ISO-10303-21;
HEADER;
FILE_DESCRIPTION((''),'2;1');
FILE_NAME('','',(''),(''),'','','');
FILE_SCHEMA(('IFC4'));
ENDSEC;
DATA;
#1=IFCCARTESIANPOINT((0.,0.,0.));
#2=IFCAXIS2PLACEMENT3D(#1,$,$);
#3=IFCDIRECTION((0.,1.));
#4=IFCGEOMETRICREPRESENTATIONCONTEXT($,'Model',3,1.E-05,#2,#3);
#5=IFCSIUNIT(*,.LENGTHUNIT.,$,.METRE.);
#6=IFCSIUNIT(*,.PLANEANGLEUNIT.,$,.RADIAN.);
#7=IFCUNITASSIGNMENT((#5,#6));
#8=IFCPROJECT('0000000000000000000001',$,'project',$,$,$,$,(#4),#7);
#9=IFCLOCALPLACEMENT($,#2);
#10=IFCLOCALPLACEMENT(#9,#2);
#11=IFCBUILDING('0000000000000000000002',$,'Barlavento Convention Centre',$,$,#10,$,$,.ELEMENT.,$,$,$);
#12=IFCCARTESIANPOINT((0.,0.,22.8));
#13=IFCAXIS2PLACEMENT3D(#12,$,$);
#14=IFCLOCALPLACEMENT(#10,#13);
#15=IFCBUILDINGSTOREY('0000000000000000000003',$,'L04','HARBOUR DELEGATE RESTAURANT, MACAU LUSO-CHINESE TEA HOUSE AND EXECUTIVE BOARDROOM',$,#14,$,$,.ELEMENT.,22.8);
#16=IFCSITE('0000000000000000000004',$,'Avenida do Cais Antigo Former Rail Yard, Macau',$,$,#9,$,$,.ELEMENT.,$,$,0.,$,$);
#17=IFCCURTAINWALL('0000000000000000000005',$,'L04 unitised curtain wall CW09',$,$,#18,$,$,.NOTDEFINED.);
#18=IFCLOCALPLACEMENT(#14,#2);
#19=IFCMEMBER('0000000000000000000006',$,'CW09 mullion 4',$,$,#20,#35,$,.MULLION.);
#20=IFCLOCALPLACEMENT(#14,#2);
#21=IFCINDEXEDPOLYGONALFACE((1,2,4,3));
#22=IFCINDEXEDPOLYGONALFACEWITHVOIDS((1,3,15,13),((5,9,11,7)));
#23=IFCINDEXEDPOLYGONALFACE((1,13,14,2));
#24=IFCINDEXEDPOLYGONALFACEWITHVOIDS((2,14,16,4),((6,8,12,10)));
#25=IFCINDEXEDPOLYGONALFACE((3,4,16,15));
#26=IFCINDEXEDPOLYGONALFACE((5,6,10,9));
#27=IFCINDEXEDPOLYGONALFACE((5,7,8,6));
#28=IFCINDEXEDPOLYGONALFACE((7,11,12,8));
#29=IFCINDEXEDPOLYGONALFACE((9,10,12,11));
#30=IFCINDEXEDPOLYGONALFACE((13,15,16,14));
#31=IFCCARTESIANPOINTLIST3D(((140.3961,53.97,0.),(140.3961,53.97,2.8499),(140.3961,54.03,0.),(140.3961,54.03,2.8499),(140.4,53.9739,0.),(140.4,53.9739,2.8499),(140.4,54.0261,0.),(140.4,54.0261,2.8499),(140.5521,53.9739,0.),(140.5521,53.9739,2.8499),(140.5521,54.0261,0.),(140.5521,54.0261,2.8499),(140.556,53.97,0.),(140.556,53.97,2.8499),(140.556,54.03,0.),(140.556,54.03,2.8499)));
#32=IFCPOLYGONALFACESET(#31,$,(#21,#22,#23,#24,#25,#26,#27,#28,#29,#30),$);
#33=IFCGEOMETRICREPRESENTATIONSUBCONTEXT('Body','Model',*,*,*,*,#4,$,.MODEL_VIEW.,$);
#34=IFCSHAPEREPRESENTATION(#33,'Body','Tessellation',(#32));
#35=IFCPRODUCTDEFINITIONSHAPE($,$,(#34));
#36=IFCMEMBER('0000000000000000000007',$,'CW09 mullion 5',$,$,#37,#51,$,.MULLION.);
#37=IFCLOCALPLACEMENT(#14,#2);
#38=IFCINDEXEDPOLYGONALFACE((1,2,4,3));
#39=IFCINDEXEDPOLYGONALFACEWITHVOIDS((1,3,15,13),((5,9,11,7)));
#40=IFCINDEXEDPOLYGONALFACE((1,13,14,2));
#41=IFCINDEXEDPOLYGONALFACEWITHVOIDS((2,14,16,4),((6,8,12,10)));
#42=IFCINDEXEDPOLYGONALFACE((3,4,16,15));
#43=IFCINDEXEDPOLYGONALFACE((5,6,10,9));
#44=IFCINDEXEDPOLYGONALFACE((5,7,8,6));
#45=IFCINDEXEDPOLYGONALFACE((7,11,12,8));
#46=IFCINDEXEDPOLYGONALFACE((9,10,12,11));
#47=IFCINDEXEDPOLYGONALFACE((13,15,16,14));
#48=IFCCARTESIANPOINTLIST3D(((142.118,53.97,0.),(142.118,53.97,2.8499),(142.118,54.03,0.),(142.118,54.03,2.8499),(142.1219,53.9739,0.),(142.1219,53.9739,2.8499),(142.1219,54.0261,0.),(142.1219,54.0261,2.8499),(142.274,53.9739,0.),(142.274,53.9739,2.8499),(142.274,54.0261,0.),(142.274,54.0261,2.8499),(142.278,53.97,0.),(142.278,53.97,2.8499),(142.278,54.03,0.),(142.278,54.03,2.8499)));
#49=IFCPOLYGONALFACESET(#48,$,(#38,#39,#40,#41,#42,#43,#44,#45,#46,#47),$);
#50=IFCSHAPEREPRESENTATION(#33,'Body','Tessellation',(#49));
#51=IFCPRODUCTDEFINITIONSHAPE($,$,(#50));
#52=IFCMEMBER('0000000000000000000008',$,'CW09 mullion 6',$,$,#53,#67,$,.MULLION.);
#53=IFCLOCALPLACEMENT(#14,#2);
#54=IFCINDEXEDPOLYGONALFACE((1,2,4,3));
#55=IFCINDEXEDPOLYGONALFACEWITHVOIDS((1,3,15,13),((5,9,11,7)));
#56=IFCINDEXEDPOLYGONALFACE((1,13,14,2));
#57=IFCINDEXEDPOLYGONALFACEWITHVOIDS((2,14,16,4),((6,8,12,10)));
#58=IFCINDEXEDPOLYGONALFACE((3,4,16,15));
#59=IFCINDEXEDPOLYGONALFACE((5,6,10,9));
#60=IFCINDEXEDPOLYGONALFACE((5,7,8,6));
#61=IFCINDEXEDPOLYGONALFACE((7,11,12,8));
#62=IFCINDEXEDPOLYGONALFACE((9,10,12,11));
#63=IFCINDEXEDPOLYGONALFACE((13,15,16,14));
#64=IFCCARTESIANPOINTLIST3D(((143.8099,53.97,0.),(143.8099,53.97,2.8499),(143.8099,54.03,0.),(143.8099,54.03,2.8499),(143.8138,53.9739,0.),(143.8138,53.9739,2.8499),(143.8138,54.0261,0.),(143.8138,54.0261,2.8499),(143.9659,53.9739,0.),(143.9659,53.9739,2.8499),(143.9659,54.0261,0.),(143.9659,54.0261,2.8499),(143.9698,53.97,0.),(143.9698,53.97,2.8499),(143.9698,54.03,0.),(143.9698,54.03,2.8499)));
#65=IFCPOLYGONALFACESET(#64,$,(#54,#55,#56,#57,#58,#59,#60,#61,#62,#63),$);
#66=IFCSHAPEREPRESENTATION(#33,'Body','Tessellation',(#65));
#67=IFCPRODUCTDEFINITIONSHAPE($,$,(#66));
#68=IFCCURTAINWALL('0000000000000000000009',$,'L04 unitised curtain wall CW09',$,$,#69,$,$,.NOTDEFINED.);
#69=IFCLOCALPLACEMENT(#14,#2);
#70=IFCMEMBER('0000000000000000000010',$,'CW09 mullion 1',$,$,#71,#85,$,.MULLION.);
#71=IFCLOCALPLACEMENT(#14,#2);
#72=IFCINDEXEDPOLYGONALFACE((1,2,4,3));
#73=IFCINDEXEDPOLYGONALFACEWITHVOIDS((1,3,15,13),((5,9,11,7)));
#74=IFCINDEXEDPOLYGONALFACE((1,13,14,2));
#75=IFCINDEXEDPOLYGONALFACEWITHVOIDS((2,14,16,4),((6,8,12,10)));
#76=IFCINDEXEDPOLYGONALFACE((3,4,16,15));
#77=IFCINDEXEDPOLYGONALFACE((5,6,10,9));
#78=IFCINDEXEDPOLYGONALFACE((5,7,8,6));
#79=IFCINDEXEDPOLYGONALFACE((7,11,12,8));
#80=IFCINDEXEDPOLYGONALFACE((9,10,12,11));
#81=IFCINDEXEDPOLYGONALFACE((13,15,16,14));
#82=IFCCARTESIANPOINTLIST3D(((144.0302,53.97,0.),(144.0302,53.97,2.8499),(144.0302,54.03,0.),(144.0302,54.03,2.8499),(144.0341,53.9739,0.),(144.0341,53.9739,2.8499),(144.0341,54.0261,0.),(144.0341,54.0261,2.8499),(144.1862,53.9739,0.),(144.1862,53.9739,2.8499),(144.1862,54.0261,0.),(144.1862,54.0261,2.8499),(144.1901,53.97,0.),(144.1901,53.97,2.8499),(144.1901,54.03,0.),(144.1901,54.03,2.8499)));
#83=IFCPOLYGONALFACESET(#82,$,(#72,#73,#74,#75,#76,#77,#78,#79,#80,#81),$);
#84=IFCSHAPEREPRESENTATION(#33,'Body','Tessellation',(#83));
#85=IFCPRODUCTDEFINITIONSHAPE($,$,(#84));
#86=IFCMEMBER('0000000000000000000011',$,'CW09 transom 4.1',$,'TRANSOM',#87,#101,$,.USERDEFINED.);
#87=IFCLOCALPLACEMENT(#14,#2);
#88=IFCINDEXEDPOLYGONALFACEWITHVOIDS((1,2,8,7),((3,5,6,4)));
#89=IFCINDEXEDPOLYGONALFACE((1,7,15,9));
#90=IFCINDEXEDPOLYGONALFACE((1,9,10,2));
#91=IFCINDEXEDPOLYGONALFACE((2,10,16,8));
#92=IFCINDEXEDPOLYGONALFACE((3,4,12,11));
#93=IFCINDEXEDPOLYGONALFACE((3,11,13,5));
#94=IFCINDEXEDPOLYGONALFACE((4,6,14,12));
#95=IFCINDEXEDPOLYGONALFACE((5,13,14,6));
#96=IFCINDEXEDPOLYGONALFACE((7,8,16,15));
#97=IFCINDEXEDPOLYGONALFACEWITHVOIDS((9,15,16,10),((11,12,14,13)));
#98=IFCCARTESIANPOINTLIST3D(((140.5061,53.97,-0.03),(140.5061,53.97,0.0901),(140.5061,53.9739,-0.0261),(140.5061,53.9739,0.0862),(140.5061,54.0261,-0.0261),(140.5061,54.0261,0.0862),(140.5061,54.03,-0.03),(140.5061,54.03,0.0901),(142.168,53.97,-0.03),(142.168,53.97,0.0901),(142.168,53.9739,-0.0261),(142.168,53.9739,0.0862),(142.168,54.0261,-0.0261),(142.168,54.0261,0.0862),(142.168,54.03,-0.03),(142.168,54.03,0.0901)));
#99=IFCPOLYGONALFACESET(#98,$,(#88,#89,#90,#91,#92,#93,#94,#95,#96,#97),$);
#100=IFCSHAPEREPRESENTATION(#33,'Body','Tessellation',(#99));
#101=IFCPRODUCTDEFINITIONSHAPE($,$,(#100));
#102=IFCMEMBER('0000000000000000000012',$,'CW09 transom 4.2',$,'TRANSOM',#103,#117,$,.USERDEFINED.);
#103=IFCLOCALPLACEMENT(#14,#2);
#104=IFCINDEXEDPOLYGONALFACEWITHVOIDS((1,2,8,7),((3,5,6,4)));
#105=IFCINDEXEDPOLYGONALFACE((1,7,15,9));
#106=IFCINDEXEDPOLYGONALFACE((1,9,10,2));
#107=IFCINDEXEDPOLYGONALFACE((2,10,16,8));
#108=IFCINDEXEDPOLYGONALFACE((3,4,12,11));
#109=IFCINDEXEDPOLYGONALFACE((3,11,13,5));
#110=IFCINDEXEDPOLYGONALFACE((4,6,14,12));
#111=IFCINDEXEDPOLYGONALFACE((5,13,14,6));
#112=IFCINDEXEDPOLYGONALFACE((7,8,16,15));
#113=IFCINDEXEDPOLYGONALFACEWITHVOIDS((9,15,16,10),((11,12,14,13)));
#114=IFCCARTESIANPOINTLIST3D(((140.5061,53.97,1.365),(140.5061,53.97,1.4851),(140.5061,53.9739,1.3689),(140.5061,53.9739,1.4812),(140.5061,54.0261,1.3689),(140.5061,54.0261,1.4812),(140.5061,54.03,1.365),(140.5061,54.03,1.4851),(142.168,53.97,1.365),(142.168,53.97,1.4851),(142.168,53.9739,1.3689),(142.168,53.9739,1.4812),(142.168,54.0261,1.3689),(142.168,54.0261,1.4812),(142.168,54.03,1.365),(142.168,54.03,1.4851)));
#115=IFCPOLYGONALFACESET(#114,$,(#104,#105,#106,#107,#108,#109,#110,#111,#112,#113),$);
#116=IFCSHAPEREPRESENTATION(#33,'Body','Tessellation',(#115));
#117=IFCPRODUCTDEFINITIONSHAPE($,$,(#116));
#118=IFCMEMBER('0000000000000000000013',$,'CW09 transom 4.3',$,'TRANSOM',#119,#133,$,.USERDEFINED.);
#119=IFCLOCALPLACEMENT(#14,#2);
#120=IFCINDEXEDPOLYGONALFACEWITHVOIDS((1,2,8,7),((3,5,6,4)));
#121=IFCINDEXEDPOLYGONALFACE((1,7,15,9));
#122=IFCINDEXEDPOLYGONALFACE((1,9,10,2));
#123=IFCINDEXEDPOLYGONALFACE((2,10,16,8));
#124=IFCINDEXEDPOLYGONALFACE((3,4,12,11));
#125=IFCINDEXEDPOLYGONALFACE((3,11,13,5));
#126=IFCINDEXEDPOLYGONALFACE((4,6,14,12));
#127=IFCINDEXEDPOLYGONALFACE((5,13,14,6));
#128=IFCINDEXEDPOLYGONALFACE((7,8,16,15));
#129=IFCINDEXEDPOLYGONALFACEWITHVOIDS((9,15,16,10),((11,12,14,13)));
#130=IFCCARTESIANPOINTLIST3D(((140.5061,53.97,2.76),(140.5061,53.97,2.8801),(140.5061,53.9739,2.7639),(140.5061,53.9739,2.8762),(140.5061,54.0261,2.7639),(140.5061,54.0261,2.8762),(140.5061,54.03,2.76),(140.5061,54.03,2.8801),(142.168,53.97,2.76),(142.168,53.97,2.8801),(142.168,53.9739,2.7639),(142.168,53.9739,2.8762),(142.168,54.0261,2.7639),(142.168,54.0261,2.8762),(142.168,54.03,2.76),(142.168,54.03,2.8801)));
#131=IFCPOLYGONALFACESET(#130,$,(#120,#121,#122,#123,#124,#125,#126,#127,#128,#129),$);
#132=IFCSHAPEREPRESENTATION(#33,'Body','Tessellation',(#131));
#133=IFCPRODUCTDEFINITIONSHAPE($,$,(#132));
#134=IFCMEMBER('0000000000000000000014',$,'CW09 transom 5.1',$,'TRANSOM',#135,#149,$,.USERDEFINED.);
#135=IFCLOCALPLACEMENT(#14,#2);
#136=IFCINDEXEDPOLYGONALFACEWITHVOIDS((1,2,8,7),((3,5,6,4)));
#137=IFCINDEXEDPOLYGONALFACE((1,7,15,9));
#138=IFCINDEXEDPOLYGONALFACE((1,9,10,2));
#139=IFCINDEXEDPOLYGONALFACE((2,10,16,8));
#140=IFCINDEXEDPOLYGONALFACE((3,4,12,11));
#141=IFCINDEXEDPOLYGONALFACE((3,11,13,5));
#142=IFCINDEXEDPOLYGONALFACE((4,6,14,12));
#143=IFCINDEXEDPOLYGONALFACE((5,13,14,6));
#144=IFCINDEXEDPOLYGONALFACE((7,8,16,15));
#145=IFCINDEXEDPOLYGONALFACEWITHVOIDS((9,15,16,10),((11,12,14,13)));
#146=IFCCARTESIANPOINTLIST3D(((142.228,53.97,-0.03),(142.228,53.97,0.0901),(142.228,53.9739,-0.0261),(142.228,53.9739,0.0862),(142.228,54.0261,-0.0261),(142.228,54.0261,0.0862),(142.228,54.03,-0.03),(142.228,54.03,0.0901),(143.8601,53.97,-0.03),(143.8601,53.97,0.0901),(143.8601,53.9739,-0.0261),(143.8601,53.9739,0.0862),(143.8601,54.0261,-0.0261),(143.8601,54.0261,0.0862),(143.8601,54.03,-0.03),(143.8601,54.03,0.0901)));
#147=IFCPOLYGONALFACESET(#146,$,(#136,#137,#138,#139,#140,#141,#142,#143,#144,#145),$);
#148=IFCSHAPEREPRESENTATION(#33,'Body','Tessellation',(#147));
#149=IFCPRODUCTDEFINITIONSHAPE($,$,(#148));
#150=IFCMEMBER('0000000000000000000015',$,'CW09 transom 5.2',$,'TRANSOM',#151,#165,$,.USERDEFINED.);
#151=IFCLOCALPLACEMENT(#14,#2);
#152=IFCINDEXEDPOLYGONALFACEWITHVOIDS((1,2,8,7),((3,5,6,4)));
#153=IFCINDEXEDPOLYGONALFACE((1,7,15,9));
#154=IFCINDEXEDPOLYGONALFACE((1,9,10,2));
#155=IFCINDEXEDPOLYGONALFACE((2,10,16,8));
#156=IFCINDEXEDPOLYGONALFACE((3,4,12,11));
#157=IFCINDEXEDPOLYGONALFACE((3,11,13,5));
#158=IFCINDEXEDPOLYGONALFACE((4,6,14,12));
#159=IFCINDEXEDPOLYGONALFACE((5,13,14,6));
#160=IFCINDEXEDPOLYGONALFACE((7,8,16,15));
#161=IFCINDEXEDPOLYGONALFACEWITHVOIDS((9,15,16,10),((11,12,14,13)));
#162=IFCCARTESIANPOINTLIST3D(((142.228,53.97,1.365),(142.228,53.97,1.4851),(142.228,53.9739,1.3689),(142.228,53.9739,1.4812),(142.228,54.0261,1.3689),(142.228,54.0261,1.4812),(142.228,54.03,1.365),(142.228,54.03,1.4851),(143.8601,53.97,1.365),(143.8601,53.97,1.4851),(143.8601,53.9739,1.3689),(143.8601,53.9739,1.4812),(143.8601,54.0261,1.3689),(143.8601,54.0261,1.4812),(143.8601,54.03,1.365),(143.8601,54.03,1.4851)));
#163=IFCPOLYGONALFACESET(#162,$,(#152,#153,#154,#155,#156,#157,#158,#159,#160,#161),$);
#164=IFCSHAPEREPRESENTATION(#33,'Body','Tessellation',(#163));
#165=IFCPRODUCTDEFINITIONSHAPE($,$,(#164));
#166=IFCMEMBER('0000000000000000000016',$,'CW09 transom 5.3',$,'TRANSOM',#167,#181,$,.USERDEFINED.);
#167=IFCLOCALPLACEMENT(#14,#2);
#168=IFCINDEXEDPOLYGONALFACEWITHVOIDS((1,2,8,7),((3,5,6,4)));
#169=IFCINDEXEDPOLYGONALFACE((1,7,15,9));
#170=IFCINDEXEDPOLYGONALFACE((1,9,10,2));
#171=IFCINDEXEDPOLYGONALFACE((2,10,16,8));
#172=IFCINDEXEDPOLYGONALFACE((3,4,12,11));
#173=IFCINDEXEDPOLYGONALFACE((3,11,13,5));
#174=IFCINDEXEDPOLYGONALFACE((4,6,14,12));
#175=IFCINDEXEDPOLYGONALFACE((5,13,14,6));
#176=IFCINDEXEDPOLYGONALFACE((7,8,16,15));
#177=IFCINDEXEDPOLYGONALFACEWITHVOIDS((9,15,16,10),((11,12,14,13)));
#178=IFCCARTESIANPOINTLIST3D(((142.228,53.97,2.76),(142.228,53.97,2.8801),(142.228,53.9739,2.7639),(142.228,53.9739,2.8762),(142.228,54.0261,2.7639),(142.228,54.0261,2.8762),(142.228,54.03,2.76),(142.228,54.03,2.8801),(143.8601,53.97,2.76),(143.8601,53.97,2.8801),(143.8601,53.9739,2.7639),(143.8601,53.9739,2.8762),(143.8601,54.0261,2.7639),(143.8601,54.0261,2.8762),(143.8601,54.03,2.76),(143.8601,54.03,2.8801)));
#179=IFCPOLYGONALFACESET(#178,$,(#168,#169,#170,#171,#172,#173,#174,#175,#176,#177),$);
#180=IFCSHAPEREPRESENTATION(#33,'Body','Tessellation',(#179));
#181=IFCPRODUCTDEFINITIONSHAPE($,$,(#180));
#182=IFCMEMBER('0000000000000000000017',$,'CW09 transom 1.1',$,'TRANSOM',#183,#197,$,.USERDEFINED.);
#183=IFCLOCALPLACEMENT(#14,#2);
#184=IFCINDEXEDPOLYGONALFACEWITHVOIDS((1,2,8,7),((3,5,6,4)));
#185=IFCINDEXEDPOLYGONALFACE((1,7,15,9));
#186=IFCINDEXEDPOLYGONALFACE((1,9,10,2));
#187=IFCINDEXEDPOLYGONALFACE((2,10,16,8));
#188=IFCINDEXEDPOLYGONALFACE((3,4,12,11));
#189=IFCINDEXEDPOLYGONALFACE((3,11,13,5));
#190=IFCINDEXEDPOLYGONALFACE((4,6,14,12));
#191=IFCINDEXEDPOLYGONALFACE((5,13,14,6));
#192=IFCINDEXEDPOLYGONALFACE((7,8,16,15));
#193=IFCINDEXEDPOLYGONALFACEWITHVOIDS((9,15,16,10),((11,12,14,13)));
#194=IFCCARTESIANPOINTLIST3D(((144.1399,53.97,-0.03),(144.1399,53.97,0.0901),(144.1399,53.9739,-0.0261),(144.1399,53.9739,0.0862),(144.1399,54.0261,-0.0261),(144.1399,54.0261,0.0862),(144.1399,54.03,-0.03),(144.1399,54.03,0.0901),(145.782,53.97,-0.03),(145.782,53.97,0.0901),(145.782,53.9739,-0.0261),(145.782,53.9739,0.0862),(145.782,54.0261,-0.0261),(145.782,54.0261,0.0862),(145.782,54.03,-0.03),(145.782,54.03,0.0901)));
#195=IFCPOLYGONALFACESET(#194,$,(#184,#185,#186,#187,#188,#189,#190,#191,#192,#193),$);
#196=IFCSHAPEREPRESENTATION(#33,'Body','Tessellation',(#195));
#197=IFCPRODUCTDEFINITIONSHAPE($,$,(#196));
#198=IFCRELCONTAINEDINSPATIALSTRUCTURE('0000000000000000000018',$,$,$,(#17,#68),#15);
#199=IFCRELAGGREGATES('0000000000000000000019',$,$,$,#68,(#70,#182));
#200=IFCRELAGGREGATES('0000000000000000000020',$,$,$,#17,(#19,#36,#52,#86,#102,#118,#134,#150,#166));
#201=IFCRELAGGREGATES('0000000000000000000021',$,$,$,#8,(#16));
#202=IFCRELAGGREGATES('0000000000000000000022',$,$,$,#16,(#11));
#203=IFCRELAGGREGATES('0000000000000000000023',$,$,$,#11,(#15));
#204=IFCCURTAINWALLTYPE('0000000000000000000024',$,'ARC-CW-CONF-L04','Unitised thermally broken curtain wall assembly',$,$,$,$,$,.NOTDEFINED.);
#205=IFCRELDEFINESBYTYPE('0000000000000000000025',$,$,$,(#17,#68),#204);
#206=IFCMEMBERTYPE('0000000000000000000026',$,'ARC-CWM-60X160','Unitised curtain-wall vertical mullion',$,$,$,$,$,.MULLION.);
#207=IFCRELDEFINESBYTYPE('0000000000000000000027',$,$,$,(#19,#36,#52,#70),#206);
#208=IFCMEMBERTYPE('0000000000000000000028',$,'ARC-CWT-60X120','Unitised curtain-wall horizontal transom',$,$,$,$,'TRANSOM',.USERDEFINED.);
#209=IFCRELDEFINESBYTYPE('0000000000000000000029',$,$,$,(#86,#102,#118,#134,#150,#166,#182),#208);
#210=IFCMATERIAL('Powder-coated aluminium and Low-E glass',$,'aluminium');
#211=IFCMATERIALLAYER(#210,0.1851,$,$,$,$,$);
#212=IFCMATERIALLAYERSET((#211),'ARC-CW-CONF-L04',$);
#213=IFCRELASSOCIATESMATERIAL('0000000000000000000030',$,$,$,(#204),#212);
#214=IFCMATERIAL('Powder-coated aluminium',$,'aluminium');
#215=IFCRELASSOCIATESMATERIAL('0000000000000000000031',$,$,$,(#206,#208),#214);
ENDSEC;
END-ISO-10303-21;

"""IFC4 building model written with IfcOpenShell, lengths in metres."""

from ifc_helpers import new_model, si_unit, direction, frame, origin, origin_2d, place, context, subcontext, project, spatial, hollow_rectangle, extrude, material, layer, layer_set, material_profile, profile_set, type_object, element, aggregate, save


model = new_model("IFC4")

# Units and contexts
model_context = context("Model", 3, precision=1e-05, world=origin(), true_north=direction((0.0, 1.0)))
body_context = subcontext(model_context, "Body", "Model", "MODEL_VIEW")
ifc_project = project(units=[si_unit("LENGTHUNIT", "METRE"), si_unit("PLANEANGLEUNIT", "RADIAN")], contexts=[model_context])

# Site, building, storey
site_placement = place(None, origin())
site = spatial("IfcSite", under=ifc_project, at=site_placement, Name="Avenida do Cais Antigo Former Rail Yard, Macau", CompositionType="ELEMENT", RefElevation=0.0)
building_placement = place(site_placement, origin())
building = spatial("IfcBuilding", under=site, at=building_placement, Name="Barlavento Convention Centre", CompositionType="ELEMENT")
storey_placement = place(building_placement, frame((0.0, 0.0, 22.8)))
storey = spatial("IfcBuildingStorey", under=building, at=storey_placement, Name="L04", Description="HARBOUR DELEGATE RESTAURANT, MACAU LUSO-CHINESE TEA HOUSE AND EXECUTIVE BOARDROOM", CompositionType="ELEMENT", Elevation=22.8)

# Curtain wall, members
ifc_material_1 = material(Name="Powder-coated aluminium and Low-E glass", Category="aluminium")
ifc_layer_1 = layer(ifc_material_1, 0.1851)
ifc_layer_set_1 = layer_set([ifc_layer_1], Name="ARC-CW-CONF-L04")
curtain_wall_type = type_object("IfcCurtainWallType", Name="ARC-CW-CONF-L04", Description="Unitised thermally broken curtain wall assembly", PredefinedType="NOTDEFINED", material=ifc_layer_set_1)
curtain_wall_1_placement = place(storey_placement, origin())
curtain_wall_1 = element("IfcCurtainWall", 1, at=curtain_wall_1_placement, inside=storey, type_object=curtain_wall_type, Name="L04 unitised curtain wall CW09", PredefinedType="NOTDEFINED")
ifc_material_2 = material(Name="Powder-coated aluminium", Category="aluminium")
ifc_material_profile_1 = material_profile(ifc_material_2, hollow_rectangle(XDim=0.0601, YDim=0.1599, WallThickness=0.0039, at=origin_2d()), Name="AL-MULL 60x160x4")
ifc_profile_set_1 = profile_set([ifc_material_profile_1], Name="Powder-coated aluminium")
member_type_1 = type_object("IfcMemberType", Name="ARC-CWM-60X160", Description="Unitised curtain-wall vertical mullion", PredefinedType="MULLION", material=ifc_profile_set_1)
member_1_placement = place(storey_placement, frame((140.4761, 54.0, 0.0), z_axis=(0.0, 0.0, 1.0), x_axis=(0.0, 1.0, 0.0)))
member_1 = element("IfcMember", 2, at=member_1_placement, type_object=member_type_1, Name="CW09 mullion 4", PredefinedType="MULLION", context=body_context, shape_type="SweptSolid", body=[
    extrude(hollow_rectangle(XDim=0.0601, YDim=0.1599, WallThickness=0.0039, at=origin_2d()), origin(), (0.0, 0.0, 1.0), 2.8499),
])
member_2_placement = place(storey_placement, frame((142.198, 54.0, 0.0), z_axis=(0.0, 0.0, 1.0), x_axis=(0.0, 1.0, 0.0)))
member_2 = element("IfcMember", 3, at=member_2_placement, type_object=member_type_1, Name="CW09 mullion 5", PredefinedType="MULLION", context=body_context, shape_type="SweptSolid", body=[
    extrude(hollow_rectangle(XDim=0.0601, YDim=0.1599, WallThickness=0.0039, at=origin_2d()), origin(), (0.0, 0.0, 1.0), 2.8499),
])
member_3_placement = place(storey_placement, frame((143.8899, 54.0, 0.0), z_axis=(0.0, 0.0, 1.0), x_axis=(0.0, 1.0, 0.0)))
member_3 = element("IfcMember", 4, at=member_3_placement, type_object=member_type_1, Name="CW09 mullion 6", PredefinedType="MULLION", context=body_context, shape_type="SweptSolid", body=[
    extrude(hollow_rectangle(XDim=0.0601, YDim=0.1599, WallThickness=0.0039, at=origin_2d()), origin(), (0.0, 0.0, 1.0), 2.8499),
])

# Curtain wall, member
curtain_wall_2_placement = place(storey_placement, origin())
curtain_wall_2 = element("IfcCurtainWall", 5, at=curtain_wall_2_placement, inside=storey, type_object=curtain_wall_type, Name="L04 unitised curtain wall CW09", PredefinedType="NOTDEFINED")
member_4_placement = place(storey_placement, frame((144.1101, 54.0, 0.0), z_axis=(0.0, 0.0, 1.0), x_axis=(0.0, 1.0, 0.0)))
member_4 = element("IfcMember", 6, at=member_4_placement, type_object=member_type_1, Name="CW09 mullion 1", PredefinedType="MULLION", context=body_context, shape_type="SweptSolid", body=[
    extrude(hollow_rectangle(XDim=0.0601, YDim=0.1599, WallThickness=0.0039, at=origin_2d()), origin(), (0.0, 0.0, 1.0), 2.8499),
])

# Members
ifc_material_profile_2 = material_profile(ifc_material_2, hollow_rectangle(XDim=0.0601, YDim=0.1201, WallThickness=0.0039, at=origin_2d()), Name="AL-TRAN 60x120x4")
ifc_profile_set_2 = profile_set([ifc_material_profile_2], Name="Powder-coated aluminium")
member_type_2 = type_object("IfcMemberType", Name="ARC-CWT-60X120", Description="Unitised curtain-wall horizontal transom", ElementType="TRANSOM", PredefinedType="USERDEFINED", material=ifc_profile_set_2)
member_5_placement = place(storey_placement, frame((140.5061, 54.0, 0.03), z_axis=(1.0, 0.0, 0.0), x_axis=(0.0, 1.0, 0.0)))
member_5 = element("IfcMember", 7, at=member_5_placement, type_object=member_type_2, Name="CW09 transom 4.1", ObjectType="TRANSOM", PredefinedType="USERDEFINED", context=body_context, shape_type="SweptSolid", body=[
    extrude(hollow_rectangle(XDim=0.0601, YDim=0.1201, WallThickness=0.0039, at=origin_2d()), origin(), (0.0, 0.0, 1.0), 1.6619),
])
member_6_placement = place(storey_placement, frame((140.5061, 54.0, 1.425), z_axis=(1.0, 0.0, 0.0), x_axis=(0.0, 1.0, 0.0)))
member_6 = element("IfcMember", 8, at=member_6_placement, type_object=member_type_2, Name="CW09 transom 4.2", ObjectType="TRANSOM", PredefinedType="USERDEFINED", context=body_context, shape_type="SweptSolid", body=[
    extrude(hollow_rectangle(XDim=0.0601, YDim=0.1201, WallThickness=0.0039, at=origin_2d()), origin(), (0.0, 0.0, 1.0), 1.6619),
])
member_7_placement = place(storey_placement, frame((140.5061, 54.0, 2.8201), z_axis=(1.0, 0.0, 0.0), x_axis=(0.0, 1.0, 0.0)))
member_7 = element("IfcMember", 9, at=member_7_placement, type_object=member_type_2, Name="CW09 transom 4.3", ObjectType="TRANSOM", PredefinedType="USERDEFINED", context=body_context, shape_type="SweptSolid", body=[
    extrude(hollow_rectangle(XDim=0.0601, YDim=0.1201, WallThickness=0.0039, at=origin_2d()), origin(), (0.0, 0.0, 1.0), 1.6619),
])
member_8_placement = place(storey_placement, frame((142.228, 54.0, 0.03), z_axis=(1.0, 0.0, 0.0), x_axis=(0.0, 1.0, 0.0)))
member_8 = element("IfcMember", 10, at=member_8_placement, type_object=member_type_2, Name="CW09 transom 5.1", ObjectType="TRANSOM", PredefinedType="USERDEFINED", context=body_context, shape_type="SweptSolid", body=[
    extrude(hollow_rectangle(XDim=0.0601, YDim=0.1201, WallThickness=0.0039, at=origin_2d()), origin(), (0.0, 0.0, 1.0), 1.6321),
])
member_9_placement = place(storey_placement, frame((142.228, 54.0, 1.425), z_axis=(1.0, 0.0, 0.0), x_axis=(0.0, 1.0, 0.0)))
member_9 = element("IfcMember", 11, at=member_9_placement, type_object=member_type_2, Name="CW09 transom 5.2", ObjectType="TRANSOM", PredefinedType="USERDEFINED", context=body_context, shape_type="SweptSolid", body=[
    extrude(hollow_rectangle(XDim=0.0601, YDim=0.1201, WallThickness=0.0039, at=origin_2d()), origin(), (0.0, 0.0, 1.0), 1.6321),
])
member_10_placement = place(storey_placement, frame((142.228, 54.0, 2.8201), z_axis=(1.0, 0.0, 0.0), x_axis=(0.0, 1.0, 0.0)))
member_10 = element("IfcMember", 12, at=member_10_placement, type_object=member_type_2, Name="CW09 transom 5.3", ObjectType="TRANSOM", PredefinedType="USERDEFINED", context=body_context, shape_type="SweptSolid", body=[
    extrude(hollow_rectangle(XDim=0.0601, YDim=0.1201, WallThickness=0.0039, at=origin_2d()), origin(), (0.0, 0.0, 1.0), 1.6321),
])
member_11_placement = place(storey_placement, frame((144.1399, 54.0, 0.03), z_axis=(1.0, 0.0, 0.0), x_axis=(0.0, 1.0, 0.0)))
member_11 = element("IfcMember", 13, at=member_11_placement, type_object=member_type_2, Name="CW09 transom 1.1", ObjectType="TRANSOM", PredefinedType="USERDEFINED", context=body_context, shape_type="SweptSolid", body=[
    extrude(hollow_rectangle(XDim=0.0601, YDim=0.1201, WallThickness=0.0039, at=origin_2d()), origin(), (0.0, 0.0, 1.0), 1.6421),
])
aggregate(curtain_wall_2, [member_4, member_11])

aggregate(curtain_wall_1, [member_1, member_2, member_3, member_5, member_6, member_7, member_8, member_9, member_10])

save(model, "model.ifc")
